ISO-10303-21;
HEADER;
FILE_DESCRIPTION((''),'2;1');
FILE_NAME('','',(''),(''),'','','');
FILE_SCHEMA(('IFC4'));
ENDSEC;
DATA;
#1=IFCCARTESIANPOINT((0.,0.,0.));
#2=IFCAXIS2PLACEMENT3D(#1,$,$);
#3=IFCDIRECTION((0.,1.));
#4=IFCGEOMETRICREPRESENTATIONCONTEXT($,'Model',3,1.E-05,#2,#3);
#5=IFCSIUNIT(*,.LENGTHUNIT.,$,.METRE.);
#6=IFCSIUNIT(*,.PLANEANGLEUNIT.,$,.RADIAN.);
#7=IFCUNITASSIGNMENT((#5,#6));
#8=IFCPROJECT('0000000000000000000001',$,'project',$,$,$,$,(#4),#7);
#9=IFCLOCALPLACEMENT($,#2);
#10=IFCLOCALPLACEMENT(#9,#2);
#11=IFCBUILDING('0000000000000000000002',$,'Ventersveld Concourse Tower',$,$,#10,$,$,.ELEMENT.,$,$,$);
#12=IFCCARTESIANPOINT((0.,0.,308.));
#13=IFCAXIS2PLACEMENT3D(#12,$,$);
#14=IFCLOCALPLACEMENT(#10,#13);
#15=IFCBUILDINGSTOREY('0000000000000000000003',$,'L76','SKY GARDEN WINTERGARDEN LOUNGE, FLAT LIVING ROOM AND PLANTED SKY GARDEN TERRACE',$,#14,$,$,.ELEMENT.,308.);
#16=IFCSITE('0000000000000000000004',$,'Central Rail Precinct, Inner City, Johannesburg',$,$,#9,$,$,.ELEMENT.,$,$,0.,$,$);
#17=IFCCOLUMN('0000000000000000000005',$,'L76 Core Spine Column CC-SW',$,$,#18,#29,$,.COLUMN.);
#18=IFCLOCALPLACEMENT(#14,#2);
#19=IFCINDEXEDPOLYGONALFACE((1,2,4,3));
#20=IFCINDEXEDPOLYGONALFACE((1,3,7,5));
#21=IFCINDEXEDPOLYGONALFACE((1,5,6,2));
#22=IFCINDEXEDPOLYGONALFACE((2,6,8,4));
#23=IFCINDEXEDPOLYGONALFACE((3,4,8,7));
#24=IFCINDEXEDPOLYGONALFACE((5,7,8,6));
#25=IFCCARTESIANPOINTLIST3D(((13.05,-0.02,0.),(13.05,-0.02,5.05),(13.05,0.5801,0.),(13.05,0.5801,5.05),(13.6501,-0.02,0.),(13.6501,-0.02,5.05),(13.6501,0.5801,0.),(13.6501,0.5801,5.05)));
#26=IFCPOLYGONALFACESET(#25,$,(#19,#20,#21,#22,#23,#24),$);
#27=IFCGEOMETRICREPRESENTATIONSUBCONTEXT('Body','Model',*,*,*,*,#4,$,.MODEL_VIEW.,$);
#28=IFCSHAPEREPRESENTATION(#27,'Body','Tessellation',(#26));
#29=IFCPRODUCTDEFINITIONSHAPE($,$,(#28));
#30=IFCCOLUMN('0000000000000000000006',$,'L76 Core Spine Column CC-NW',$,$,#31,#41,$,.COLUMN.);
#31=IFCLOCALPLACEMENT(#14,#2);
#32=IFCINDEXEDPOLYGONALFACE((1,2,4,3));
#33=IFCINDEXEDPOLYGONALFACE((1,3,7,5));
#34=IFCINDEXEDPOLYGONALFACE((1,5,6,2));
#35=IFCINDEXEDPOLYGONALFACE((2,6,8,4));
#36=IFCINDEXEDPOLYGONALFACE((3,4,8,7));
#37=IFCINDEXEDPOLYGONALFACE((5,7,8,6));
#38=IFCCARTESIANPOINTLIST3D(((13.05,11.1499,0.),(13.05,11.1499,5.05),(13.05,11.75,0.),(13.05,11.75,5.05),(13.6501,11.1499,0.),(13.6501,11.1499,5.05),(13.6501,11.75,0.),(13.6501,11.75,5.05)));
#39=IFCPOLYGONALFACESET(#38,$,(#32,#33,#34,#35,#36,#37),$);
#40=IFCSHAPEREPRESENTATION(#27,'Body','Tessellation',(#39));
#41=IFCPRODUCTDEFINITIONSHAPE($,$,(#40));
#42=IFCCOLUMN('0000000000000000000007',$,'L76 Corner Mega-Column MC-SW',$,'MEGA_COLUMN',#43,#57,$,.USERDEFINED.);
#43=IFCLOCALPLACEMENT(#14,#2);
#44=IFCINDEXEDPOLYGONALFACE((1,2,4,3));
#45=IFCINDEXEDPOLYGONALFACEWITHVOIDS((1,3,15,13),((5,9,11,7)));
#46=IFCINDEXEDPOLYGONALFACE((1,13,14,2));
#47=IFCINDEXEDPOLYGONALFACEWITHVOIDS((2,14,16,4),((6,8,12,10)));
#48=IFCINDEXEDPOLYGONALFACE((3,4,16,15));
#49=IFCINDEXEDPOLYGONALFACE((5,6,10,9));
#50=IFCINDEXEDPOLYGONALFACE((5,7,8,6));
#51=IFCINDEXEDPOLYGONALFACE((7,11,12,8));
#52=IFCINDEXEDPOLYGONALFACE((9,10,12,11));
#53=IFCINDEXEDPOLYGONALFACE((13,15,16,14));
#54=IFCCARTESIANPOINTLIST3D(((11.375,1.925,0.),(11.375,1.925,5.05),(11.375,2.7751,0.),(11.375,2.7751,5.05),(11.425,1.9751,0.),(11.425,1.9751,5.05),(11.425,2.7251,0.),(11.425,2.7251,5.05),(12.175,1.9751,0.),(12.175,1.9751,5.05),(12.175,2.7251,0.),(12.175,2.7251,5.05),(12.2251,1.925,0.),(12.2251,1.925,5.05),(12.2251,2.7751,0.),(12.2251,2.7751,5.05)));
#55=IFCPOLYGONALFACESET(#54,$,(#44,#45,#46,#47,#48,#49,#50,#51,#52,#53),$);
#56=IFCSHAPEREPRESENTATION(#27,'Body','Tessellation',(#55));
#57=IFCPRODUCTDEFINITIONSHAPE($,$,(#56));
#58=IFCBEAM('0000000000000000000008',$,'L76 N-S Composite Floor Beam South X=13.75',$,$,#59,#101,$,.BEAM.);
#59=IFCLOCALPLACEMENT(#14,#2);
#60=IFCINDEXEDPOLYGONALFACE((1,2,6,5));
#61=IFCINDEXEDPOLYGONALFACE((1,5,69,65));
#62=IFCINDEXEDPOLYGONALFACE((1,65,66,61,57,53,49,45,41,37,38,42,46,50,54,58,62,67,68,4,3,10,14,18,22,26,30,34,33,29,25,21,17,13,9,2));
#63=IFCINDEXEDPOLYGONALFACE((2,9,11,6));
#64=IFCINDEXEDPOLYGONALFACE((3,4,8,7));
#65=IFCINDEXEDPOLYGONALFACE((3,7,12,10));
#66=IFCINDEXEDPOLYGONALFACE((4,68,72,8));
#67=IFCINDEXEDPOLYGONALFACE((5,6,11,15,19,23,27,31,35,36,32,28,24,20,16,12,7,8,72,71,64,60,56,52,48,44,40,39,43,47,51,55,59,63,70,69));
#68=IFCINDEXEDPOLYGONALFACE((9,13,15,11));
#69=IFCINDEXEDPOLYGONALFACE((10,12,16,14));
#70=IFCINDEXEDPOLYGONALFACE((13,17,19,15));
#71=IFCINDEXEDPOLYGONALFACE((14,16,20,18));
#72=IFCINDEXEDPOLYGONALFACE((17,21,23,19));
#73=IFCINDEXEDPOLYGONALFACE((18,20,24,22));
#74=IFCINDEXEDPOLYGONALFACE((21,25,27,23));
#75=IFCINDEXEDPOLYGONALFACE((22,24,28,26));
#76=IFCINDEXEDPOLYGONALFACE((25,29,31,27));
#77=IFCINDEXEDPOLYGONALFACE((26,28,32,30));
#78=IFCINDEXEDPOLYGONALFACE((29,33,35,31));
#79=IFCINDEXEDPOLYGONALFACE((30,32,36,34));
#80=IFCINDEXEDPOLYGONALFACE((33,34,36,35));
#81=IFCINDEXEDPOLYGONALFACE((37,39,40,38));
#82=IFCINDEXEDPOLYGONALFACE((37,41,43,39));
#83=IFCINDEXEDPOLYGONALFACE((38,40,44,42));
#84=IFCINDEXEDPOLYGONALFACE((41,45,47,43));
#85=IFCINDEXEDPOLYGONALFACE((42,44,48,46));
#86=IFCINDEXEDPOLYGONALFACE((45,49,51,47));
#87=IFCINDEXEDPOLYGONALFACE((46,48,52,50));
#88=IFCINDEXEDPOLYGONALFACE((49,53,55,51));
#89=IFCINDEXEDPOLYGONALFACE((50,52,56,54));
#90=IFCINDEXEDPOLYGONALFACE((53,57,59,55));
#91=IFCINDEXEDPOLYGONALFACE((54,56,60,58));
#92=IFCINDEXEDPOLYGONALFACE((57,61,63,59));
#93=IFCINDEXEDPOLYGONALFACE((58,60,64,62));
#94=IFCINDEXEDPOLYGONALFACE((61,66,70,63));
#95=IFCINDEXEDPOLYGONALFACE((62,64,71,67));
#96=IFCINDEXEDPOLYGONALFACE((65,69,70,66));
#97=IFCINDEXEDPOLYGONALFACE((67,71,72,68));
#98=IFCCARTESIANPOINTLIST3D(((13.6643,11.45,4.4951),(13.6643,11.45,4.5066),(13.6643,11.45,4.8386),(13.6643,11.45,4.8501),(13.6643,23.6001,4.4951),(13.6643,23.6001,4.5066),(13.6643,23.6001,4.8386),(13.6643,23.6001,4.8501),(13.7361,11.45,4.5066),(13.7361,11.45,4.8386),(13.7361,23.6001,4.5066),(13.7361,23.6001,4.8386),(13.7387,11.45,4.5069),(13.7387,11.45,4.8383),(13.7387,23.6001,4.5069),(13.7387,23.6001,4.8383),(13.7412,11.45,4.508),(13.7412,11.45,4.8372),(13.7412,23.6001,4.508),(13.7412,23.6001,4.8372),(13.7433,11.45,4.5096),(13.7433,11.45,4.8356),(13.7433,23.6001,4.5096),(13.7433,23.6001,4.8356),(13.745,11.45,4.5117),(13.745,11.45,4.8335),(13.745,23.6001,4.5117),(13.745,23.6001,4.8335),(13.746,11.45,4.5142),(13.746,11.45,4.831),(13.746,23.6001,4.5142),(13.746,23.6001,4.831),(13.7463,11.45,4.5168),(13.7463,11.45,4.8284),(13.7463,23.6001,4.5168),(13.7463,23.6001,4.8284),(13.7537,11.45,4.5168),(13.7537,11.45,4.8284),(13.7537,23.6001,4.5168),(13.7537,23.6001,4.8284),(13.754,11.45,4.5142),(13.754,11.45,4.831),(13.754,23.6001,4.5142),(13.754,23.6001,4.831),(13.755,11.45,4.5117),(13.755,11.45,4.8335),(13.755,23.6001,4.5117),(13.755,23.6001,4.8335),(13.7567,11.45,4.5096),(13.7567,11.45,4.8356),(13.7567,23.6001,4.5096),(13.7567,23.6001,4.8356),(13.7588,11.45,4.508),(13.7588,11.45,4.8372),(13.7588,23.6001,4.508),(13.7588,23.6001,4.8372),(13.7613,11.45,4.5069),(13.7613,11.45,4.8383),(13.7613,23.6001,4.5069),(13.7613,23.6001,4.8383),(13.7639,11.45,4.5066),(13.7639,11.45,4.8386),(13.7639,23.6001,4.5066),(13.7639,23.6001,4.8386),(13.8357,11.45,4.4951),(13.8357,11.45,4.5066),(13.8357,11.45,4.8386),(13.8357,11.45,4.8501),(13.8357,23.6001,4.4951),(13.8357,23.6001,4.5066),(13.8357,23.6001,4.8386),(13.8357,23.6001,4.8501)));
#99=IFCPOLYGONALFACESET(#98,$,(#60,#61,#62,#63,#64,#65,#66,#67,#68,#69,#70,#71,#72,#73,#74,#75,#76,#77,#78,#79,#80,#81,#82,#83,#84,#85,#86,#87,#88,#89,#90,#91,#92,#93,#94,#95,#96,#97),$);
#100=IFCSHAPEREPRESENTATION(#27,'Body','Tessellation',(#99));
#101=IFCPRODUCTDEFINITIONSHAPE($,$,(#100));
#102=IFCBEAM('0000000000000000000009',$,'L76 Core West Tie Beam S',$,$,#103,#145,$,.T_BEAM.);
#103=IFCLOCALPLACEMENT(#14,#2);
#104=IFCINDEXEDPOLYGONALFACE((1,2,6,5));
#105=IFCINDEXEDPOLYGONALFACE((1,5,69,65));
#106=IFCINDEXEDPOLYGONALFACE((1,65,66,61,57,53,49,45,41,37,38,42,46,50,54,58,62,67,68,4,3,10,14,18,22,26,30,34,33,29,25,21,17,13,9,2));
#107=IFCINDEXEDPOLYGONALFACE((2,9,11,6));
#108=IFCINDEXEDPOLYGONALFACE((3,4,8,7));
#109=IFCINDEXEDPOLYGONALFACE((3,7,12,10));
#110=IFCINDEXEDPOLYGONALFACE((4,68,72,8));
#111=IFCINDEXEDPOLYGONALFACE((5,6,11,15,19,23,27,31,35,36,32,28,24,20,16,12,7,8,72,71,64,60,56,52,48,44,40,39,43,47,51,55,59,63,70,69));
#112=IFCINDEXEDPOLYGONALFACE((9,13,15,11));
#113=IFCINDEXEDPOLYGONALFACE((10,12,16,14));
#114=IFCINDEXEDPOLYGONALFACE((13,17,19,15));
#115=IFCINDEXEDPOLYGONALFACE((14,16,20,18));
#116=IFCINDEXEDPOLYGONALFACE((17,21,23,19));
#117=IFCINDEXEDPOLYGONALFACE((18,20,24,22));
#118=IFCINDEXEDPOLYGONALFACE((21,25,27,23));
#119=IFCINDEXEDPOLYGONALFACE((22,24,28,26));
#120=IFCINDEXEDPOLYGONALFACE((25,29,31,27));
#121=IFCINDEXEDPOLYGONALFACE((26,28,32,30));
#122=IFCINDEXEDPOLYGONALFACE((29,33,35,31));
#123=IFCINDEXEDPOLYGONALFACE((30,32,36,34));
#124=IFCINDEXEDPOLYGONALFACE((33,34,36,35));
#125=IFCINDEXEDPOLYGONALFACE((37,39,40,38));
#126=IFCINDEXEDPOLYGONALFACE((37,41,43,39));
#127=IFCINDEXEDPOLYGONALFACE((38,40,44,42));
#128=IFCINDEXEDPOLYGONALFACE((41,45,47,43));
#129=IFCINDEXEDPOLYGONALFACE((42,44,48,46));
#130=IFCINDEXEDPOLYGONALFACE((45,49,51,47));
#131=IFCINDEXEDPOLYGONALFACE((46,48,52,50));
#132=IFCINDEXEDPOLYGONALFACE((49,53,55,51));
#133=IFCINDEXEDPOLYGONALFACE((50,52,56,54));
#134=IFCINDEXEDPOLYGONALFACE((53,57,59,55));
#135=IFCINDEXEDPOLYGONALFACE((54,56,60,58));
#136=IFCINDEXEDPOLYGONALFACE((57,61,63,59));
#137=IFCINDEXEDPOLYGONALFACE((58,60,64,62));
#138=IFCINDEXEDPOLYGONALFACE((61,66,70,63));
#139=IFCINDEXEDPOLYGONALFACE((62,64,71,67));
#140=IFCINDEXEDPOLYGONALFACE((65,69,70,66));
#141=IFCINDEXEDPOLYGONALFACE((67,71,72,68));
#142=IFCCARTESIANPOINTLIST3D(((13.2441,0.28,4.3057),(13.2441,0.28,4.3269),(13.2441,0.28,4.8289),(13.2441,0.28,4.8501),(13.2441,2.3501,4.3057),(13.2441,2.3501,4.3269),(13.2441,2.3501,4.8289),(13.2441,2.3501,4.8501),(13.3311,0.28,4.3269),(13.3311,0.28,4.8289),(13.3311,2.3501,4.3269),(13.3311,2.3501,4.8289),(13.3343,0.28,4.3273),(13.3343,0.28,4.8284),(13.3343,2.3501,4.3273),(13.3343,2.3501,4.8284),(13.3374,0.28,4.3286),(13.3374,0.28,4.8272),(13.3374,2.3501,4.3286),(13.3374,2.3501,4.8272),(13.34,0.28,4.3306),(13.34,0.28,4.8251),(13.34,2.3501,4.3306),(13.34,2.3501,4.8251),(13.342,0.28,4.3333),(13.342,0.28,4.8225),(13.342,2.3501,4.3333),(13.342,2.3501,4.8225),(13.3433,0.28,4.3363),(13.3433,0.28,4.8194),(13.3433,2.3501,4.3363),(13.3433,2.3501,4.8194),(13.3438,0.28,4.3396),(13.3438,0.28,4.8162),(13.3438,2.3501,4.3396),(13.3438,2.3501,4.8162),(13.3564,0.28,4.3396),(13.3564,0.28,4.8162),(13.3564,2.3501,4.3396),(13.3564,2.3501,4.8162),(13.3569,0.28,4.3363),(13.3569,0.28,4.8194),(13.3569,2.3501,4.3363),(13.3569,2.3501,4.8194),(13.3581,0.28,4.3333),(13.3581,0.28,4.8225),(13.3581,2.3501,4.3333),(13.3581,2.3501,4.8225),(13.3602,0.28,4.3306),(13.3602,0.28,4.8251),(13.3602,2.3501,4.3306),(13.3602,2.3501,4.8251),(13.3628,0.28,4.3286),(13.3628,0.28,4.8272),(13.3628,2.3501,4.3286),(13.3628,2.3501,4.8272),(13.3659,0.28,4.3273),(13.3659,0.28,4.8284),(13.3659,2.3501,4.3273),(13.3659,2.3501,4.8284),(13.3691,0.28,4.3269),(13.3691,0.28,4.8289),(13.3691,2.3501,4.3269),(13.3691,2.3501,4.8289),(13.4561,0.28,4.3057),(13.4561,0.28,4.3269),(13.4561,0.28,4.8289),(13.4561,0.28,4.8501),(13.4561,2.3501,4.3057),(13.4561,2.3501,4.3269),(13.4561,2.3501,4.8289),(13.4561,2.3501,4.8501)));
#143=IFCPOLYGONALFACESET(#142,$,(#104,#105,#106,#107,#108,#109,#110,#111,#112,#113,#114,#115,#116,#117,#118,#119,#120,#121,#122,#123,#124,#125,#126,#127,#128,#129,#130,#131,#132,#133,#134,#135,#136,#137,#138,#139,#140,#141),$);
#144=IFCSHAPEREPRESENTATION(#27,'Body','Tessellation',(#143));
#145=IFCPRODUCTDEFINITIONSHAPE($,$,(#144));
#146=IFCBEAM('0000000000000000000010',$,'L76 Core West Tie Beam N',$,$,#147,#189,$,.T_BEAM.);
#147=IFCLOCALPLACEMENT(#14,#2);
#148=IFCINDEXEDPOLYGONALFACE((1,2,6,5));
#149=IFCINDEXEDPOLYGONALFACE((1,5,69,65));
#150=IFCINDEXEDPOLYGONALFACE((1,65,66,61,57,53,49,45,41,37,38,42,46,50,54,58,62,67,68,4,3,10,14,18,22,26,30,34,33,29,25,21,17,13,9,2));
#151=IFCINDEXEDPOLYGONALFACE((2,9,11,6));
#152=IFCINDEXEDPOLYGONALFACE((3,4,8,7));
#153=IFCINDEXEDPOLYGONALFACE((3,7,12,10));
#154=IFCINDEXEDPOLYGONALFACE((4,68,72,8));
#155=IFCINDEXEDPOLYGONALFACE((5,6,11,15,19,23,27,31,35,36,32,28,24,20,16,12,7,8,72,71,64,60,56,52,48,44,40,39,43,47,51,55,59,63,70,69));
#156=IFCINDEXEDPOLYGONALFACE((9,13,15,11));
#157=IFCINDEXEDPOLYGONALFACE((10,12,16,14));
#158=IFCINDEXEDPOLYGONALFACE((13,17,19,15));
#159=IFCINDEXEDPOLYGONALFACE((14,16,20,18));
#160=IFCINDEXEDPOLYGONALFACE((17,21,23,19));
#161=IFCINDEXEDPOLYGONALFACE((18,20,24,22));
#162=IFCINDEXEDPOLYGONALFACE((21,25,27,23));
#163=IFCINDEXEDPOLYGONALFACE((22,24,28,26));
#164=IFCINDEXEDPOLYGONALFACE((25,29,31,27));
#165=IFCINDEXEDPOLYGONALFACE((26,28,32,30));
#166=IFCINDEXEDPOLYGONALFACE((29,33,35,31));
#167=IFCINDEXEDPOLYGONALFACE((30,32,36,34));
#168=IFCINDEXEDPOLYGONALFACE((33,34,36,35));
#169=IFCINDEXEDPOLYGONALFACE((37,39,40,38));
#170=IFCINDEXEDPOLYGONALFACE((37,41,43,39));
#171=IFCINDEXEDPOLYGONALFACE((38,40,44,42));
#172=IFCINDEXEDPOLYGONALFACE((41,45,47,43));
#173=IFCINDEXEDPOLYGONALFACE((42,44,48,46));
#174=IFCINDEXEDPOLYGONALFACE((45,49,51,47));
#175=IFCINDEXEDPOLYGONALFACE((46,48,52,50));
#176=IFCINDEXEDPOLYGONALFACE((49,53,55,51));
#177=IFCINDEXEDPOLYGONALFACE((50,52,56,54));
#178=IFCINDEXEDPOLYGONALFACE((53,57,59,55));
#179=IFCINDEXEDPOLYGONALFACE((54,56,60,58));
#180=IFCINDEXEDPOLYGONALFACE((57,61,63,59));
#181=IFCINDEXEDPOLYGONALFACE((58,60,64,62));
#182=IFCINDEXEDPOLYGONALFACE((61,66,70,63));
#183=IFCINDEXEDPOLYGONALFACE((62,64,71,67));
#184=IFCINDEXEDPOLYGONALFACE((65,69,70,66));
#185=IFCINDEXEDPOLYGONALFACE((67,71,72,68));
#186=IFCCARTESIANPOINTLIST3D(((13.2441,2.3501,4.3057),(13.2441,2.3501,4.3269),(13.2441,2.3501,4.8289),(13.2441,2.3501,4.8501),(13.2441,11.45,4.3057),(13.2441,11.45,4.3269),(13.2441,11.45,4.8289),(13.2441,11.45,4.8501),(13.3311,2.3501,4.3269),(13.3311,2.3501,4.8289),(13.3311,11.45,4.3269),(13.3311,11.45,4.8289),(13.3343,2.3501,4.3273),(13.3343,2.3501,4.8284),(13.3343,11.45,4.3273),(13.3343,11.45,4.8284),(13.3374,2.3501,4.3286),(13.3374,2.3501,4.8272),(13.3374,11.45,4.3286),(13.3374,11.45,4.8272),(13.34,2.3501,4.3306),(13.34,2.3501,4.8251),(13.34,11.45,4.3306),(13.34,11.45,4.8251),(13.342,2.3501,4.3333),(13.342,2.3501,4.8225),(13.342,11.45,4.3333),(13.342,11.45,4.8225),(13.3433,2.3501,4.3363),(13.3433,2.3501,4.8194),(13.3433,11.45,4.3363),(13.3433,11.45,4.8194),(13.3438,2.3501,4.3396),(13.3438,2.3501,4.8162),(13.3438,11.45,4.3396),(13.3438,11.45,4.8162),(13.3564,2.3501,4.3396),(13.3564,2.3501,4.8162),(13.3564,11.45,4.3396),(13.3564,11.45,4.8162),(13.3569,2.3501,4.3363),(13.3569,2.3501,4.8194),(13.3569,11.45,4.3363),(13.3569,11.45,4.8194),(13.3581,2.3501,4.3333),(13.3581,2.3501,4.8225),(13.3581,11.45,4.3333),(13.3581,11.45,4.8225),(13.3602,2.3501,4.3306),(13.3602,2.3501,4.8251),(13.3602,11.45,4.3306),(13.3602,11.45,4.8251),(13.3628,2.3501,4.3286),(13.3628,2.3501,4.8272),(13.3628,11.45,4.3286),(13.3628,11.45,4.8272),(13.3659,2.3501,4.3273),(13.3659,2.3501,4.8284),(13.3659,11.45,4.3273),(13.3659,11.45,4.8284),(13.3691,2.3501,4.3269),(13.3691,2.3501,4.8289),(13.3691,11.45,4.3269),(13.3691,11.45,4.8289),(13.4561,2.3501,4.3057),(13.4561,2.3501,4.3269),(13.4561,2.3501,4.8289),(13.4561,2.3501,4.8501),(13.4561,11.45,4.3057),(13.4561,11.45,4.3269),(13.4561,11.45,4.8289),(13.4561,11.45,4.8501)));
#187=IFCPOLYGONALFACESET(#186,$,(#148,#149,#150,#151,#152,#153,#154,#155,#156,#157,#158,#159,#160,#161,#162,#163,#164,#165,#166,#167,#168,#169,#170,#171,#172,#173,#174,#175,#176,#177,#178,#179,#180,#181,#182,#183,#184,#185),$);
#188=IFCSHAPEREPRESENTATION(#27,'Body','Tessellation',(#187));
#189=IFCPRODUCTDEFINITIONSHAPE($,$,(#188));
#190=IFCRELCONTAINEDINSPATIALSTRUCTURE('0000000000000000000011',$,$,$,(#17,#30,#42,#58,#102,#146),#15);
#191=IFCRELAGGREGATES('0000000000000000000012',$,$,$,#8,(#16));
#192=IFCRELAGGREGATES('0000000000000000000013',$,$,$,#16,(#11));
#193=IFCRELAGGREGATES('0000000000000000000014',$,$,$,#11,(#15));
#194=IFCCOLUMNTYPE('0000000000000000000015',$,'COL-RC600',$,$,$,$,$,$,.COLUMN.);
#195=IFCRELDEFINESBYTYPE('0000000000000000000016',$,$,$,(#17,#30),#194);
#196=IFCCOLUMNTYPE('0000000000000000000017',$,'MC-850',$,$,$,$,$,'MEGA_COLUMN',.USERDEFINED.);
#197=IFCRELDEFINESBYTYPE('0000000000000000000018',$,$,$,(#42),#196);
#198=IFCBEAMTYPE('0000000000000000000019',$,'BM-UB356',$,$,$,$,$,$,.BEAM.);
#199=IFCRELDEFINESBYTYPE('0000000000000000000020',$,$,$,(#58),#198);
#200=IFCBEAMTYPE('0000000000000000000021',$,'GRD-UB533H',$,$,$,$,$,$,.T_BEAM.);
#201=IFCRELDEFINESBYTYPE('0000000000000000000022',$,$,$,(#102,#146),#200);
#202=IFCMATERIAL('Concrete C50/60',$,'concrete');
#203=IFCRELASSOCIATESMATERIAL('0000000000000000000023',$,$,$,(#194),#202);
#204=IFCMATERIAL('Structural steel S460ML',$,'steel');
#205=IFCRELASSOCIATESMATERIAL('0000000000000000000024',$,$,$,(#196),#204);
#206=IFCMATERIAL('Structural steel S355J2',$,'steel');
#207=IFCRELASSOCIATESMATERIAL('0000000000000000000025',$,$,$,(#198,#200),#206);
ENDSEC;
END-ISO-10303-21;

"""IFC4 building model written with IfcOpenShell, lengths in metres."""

from ifc_helpers import new_model, si_unit, direction, frame, origin, origin_2d, place, context, subcontext, project, spatial, rectangle, hollow_rectangle, i_section, extrude, material, material_profile, profile_set, type_object, element, save


model = new_model("IFC4")

# Units and contexts
model_context = context("Model", 3, precision=1e-05, world=origin(), true_north=direction((0.0, 1.0)))
body_context = subcontext(model_context, "Body", "Model", "MODEL_VIEW")
ifc_project = project(units=[si_unit("LENGTHUNIT", "METRE"), si_unit("PLANEANGLEUNIT", "RADIAN")], contexts=[model_context])

# Site, building, storey
site_placement = place(None, origin())
site = spatial("IfcSite", under=ifc_project, at=site_placement, Name="Central Rail Precinct, Inner City, Johannesburg", CompositionType="ELEMENT", RefElevation=0.0)
building_placement = place(site_placement, origin())
building = spatial("IfcBuilding", under=site, at=building_placement, Name="Ventersveld Concourse Tower", CompositionType="ELEMENT")
storey_placement = place(building_placement, frame((0.0, 0.0, 308.0)))
storey = spatial("IfcBuildingStorey", under=building, at=storey_placement, Name="L76", Description="SKY GARDEN WINTERGARDEN LOUNGE, FLAT LIVING ROOM AND PLANTED SKY GARDEN TERRACE", CompositionType="ELEMENT", Elevation=308.0)

# Columns
ifc_material_1 = material(Name="Concrete C50/60", Category="concrete")
ifc_material_profile_1 = material_profile(ifc_material_1, rectangle(XDim=0.6001, YDim=0.6001, at=origin_2d()), Name="RC 600x600")
ifc_profile_set_1 = profile_set([ifc_material_profile_1], Name="Concrete C50/60")
column_type_1 = type_object("IfcColumnType", Name="COL-RC600", PredefinedType="COLUMN", material=ifc_profile_set_1)
for number, where, z_axis, x_axis, name in (
    (1, (13.3501, 0.28, 0.0), (0.0, 0.0, 1.0), (1.0, 0.0, 0.0), "L76 Core Spine Column CC-SW"),
    (2, (13.3501, 11.45, 0.0), (0.0, 0.0, 1.0), (1.0, 0.0, 0.0), "L76 Core Spine Column CC-NW"),
):
    element("IfcColumn", number, at=place(storey_placement, frame(where, z_axis=z_axis, x_axis=x_axis)), inside=storey, type_object=column_type_1, Name=name, PredefinedType="COLUMN", context=body_context, shape_type="SweptSolid", body=[
        extrude(rectangle(XDim=0.6001, YDim=0.6001, at=origin_2d()), origin(), (0.0, 0.0, 1.0), 5.05),
    ])
ifc_material_2 = material(Name="Structural steel S460ML", Category="steel")
ifc_material_profile_2 = material_profile(ifc_material_2, hollow_rectangle(XDim=0.8501, YDim=0.8501, WallThickness=0.05, at=origin_2d()), Name="BOX 850x850x50")
ifc_profile_set_2 = profile_set([ifc_material_profile_2], Name="Structural steel S460ML")
column_type_2 = type_object("IfcColumnType", Name="MC-850", ElementType="MEGA_COLUMN", PredefinedType="USERDEFINED", material=ifc_profile_set_2)
column_placement = place(storey_placement, frame((11.8, 2.3501, 0.0), z_axis=(0.0, 0.0, 1.0), x_axis=(1.0, 0.0, 0.0)))
element("IfcColumn", 3, at=column_placement, inside=storey, type_object=column_type_2, Name="L76 Corner Mega-Column MC-SW", ObjectType="MEGA_COLUMN", PredefinedType="USERDEFINED", context=body_context, shape_type="SweptSolid", body=[
    extrude(hollow_rectangle(XDim=0.8501, YDim=0.8501, WallThickness=0.05, at=origin_2d()), origin(), (0.0, 0.0, 1.0), 5.05),
])

# Beams
ifc_material_3 = material(Name="Structural steel S355J2", Category="steel")
ifc_material_profile_3 = material_profile(ifc_material_3, i_section(OverallWidth=0.1714, OverallDepth=0.355, WebThickness=0.0073, FlangeThickness=0.0115, FilletRadius=0.0103, at=origin_2d()), Name="UB 356x171x51")
ifc_profile_set_3 = profile_set([ifc_material_profile_3], Name="Structural steel S355J2")
beam_type_1 = type_object("IfcBeamType", Name="BM-UB356", PredefinedType="BEAM", material=ifc_profile_set_3)
beam_1_placement = place(storey_placement, frame((13.75, 11.45, 4.6726), z_axis=(0.0, 1.0, 0.0), x_axis=(-1.0, 0.0, 0.0)))
element("IfcBeam", 4, at=beam_1_placement, inside=storey, type_object=beam_type_1, Name="L76 N-S Composite Floor Beam South X=13.75", PredefinedType="BEAM", context=body_context, shape_type="SweptSolid", body=[
    extrude(i_section(OverallWidth=0.1714, OverallDepth=0.355, WebThickness=0.0073, FlangeThickness=0.0115, FilletRadius=0.0103, at=origin_2d()), origin(), (0.0, 0.0, 1.0), 12.1501),
])
ifc_material_profile_4 = material_profile(ifc_material_3, i_section(OverallWidth=0.2119, OverallDepth=0.5444, WebThickness=0.0127, FlangeThickness=0.0212, FilletRadius=0.0127, at=origin_2d()), Name="UB 533x210x122")
ifc_profile_set_4 = profile_set([ifc_material_profile_4], Name="Structural steel S355J2")
beam_type_2 = type_object("IfcBeamType", Name="GRD-UB533H", PredefinedType="T_BEAM", material=ifc_profile_set_4)
beam_2_placement = place(storey_placement, frame((13.3501, 0.28, 4.5779), z_axis=(0.0, 1.0, 0.0), x_axis=(-1.0, 0.0, 0.0)))
element("IfcBeam", 5, at=beam_2_placement, inside=storey, type_object=beam_type_2, Name="L76 Core West Tie Beam S", PredefinedType="T_BEAM", context=body_context, shape_type="SweptSolid", body=[
    extrude(i_section(OverallWidth=0.2119, OverallDepth=0.5444, WebThickness=0.0127, FlangeThickness=0.0212, FilletRadius=0.0127, at=origin_2d()), origin(), (0.0, 0.0, 1.0), 2.0701),
])
beam_3_placement = place(storey_placement, frame((13.3501, 2.3501, 4.5779), z_axis=(0.0, 1.0, 0.0), x_axis=(-1.0, 0.0, 0.0)))
element("IfcBeam", 6, at=beam_3_placement, inside=storey, type_object=beam_type_2, Name="L76 Core West Tie Beam N", PredefinedType="T_BEAM", context=body_context, shape_type="SweptSolid", body=[
    extrude(i_section(OverallWidth=0.2119, OverallDepth=0.5444, WebThickness=0.0127, FlangeThickness=0.0212, FilletRadius=0.0127, at=origin_2d()), origin(), (0.0, 0.0, 1.0), 9.0999),
])

save(model, "model.ifc")
